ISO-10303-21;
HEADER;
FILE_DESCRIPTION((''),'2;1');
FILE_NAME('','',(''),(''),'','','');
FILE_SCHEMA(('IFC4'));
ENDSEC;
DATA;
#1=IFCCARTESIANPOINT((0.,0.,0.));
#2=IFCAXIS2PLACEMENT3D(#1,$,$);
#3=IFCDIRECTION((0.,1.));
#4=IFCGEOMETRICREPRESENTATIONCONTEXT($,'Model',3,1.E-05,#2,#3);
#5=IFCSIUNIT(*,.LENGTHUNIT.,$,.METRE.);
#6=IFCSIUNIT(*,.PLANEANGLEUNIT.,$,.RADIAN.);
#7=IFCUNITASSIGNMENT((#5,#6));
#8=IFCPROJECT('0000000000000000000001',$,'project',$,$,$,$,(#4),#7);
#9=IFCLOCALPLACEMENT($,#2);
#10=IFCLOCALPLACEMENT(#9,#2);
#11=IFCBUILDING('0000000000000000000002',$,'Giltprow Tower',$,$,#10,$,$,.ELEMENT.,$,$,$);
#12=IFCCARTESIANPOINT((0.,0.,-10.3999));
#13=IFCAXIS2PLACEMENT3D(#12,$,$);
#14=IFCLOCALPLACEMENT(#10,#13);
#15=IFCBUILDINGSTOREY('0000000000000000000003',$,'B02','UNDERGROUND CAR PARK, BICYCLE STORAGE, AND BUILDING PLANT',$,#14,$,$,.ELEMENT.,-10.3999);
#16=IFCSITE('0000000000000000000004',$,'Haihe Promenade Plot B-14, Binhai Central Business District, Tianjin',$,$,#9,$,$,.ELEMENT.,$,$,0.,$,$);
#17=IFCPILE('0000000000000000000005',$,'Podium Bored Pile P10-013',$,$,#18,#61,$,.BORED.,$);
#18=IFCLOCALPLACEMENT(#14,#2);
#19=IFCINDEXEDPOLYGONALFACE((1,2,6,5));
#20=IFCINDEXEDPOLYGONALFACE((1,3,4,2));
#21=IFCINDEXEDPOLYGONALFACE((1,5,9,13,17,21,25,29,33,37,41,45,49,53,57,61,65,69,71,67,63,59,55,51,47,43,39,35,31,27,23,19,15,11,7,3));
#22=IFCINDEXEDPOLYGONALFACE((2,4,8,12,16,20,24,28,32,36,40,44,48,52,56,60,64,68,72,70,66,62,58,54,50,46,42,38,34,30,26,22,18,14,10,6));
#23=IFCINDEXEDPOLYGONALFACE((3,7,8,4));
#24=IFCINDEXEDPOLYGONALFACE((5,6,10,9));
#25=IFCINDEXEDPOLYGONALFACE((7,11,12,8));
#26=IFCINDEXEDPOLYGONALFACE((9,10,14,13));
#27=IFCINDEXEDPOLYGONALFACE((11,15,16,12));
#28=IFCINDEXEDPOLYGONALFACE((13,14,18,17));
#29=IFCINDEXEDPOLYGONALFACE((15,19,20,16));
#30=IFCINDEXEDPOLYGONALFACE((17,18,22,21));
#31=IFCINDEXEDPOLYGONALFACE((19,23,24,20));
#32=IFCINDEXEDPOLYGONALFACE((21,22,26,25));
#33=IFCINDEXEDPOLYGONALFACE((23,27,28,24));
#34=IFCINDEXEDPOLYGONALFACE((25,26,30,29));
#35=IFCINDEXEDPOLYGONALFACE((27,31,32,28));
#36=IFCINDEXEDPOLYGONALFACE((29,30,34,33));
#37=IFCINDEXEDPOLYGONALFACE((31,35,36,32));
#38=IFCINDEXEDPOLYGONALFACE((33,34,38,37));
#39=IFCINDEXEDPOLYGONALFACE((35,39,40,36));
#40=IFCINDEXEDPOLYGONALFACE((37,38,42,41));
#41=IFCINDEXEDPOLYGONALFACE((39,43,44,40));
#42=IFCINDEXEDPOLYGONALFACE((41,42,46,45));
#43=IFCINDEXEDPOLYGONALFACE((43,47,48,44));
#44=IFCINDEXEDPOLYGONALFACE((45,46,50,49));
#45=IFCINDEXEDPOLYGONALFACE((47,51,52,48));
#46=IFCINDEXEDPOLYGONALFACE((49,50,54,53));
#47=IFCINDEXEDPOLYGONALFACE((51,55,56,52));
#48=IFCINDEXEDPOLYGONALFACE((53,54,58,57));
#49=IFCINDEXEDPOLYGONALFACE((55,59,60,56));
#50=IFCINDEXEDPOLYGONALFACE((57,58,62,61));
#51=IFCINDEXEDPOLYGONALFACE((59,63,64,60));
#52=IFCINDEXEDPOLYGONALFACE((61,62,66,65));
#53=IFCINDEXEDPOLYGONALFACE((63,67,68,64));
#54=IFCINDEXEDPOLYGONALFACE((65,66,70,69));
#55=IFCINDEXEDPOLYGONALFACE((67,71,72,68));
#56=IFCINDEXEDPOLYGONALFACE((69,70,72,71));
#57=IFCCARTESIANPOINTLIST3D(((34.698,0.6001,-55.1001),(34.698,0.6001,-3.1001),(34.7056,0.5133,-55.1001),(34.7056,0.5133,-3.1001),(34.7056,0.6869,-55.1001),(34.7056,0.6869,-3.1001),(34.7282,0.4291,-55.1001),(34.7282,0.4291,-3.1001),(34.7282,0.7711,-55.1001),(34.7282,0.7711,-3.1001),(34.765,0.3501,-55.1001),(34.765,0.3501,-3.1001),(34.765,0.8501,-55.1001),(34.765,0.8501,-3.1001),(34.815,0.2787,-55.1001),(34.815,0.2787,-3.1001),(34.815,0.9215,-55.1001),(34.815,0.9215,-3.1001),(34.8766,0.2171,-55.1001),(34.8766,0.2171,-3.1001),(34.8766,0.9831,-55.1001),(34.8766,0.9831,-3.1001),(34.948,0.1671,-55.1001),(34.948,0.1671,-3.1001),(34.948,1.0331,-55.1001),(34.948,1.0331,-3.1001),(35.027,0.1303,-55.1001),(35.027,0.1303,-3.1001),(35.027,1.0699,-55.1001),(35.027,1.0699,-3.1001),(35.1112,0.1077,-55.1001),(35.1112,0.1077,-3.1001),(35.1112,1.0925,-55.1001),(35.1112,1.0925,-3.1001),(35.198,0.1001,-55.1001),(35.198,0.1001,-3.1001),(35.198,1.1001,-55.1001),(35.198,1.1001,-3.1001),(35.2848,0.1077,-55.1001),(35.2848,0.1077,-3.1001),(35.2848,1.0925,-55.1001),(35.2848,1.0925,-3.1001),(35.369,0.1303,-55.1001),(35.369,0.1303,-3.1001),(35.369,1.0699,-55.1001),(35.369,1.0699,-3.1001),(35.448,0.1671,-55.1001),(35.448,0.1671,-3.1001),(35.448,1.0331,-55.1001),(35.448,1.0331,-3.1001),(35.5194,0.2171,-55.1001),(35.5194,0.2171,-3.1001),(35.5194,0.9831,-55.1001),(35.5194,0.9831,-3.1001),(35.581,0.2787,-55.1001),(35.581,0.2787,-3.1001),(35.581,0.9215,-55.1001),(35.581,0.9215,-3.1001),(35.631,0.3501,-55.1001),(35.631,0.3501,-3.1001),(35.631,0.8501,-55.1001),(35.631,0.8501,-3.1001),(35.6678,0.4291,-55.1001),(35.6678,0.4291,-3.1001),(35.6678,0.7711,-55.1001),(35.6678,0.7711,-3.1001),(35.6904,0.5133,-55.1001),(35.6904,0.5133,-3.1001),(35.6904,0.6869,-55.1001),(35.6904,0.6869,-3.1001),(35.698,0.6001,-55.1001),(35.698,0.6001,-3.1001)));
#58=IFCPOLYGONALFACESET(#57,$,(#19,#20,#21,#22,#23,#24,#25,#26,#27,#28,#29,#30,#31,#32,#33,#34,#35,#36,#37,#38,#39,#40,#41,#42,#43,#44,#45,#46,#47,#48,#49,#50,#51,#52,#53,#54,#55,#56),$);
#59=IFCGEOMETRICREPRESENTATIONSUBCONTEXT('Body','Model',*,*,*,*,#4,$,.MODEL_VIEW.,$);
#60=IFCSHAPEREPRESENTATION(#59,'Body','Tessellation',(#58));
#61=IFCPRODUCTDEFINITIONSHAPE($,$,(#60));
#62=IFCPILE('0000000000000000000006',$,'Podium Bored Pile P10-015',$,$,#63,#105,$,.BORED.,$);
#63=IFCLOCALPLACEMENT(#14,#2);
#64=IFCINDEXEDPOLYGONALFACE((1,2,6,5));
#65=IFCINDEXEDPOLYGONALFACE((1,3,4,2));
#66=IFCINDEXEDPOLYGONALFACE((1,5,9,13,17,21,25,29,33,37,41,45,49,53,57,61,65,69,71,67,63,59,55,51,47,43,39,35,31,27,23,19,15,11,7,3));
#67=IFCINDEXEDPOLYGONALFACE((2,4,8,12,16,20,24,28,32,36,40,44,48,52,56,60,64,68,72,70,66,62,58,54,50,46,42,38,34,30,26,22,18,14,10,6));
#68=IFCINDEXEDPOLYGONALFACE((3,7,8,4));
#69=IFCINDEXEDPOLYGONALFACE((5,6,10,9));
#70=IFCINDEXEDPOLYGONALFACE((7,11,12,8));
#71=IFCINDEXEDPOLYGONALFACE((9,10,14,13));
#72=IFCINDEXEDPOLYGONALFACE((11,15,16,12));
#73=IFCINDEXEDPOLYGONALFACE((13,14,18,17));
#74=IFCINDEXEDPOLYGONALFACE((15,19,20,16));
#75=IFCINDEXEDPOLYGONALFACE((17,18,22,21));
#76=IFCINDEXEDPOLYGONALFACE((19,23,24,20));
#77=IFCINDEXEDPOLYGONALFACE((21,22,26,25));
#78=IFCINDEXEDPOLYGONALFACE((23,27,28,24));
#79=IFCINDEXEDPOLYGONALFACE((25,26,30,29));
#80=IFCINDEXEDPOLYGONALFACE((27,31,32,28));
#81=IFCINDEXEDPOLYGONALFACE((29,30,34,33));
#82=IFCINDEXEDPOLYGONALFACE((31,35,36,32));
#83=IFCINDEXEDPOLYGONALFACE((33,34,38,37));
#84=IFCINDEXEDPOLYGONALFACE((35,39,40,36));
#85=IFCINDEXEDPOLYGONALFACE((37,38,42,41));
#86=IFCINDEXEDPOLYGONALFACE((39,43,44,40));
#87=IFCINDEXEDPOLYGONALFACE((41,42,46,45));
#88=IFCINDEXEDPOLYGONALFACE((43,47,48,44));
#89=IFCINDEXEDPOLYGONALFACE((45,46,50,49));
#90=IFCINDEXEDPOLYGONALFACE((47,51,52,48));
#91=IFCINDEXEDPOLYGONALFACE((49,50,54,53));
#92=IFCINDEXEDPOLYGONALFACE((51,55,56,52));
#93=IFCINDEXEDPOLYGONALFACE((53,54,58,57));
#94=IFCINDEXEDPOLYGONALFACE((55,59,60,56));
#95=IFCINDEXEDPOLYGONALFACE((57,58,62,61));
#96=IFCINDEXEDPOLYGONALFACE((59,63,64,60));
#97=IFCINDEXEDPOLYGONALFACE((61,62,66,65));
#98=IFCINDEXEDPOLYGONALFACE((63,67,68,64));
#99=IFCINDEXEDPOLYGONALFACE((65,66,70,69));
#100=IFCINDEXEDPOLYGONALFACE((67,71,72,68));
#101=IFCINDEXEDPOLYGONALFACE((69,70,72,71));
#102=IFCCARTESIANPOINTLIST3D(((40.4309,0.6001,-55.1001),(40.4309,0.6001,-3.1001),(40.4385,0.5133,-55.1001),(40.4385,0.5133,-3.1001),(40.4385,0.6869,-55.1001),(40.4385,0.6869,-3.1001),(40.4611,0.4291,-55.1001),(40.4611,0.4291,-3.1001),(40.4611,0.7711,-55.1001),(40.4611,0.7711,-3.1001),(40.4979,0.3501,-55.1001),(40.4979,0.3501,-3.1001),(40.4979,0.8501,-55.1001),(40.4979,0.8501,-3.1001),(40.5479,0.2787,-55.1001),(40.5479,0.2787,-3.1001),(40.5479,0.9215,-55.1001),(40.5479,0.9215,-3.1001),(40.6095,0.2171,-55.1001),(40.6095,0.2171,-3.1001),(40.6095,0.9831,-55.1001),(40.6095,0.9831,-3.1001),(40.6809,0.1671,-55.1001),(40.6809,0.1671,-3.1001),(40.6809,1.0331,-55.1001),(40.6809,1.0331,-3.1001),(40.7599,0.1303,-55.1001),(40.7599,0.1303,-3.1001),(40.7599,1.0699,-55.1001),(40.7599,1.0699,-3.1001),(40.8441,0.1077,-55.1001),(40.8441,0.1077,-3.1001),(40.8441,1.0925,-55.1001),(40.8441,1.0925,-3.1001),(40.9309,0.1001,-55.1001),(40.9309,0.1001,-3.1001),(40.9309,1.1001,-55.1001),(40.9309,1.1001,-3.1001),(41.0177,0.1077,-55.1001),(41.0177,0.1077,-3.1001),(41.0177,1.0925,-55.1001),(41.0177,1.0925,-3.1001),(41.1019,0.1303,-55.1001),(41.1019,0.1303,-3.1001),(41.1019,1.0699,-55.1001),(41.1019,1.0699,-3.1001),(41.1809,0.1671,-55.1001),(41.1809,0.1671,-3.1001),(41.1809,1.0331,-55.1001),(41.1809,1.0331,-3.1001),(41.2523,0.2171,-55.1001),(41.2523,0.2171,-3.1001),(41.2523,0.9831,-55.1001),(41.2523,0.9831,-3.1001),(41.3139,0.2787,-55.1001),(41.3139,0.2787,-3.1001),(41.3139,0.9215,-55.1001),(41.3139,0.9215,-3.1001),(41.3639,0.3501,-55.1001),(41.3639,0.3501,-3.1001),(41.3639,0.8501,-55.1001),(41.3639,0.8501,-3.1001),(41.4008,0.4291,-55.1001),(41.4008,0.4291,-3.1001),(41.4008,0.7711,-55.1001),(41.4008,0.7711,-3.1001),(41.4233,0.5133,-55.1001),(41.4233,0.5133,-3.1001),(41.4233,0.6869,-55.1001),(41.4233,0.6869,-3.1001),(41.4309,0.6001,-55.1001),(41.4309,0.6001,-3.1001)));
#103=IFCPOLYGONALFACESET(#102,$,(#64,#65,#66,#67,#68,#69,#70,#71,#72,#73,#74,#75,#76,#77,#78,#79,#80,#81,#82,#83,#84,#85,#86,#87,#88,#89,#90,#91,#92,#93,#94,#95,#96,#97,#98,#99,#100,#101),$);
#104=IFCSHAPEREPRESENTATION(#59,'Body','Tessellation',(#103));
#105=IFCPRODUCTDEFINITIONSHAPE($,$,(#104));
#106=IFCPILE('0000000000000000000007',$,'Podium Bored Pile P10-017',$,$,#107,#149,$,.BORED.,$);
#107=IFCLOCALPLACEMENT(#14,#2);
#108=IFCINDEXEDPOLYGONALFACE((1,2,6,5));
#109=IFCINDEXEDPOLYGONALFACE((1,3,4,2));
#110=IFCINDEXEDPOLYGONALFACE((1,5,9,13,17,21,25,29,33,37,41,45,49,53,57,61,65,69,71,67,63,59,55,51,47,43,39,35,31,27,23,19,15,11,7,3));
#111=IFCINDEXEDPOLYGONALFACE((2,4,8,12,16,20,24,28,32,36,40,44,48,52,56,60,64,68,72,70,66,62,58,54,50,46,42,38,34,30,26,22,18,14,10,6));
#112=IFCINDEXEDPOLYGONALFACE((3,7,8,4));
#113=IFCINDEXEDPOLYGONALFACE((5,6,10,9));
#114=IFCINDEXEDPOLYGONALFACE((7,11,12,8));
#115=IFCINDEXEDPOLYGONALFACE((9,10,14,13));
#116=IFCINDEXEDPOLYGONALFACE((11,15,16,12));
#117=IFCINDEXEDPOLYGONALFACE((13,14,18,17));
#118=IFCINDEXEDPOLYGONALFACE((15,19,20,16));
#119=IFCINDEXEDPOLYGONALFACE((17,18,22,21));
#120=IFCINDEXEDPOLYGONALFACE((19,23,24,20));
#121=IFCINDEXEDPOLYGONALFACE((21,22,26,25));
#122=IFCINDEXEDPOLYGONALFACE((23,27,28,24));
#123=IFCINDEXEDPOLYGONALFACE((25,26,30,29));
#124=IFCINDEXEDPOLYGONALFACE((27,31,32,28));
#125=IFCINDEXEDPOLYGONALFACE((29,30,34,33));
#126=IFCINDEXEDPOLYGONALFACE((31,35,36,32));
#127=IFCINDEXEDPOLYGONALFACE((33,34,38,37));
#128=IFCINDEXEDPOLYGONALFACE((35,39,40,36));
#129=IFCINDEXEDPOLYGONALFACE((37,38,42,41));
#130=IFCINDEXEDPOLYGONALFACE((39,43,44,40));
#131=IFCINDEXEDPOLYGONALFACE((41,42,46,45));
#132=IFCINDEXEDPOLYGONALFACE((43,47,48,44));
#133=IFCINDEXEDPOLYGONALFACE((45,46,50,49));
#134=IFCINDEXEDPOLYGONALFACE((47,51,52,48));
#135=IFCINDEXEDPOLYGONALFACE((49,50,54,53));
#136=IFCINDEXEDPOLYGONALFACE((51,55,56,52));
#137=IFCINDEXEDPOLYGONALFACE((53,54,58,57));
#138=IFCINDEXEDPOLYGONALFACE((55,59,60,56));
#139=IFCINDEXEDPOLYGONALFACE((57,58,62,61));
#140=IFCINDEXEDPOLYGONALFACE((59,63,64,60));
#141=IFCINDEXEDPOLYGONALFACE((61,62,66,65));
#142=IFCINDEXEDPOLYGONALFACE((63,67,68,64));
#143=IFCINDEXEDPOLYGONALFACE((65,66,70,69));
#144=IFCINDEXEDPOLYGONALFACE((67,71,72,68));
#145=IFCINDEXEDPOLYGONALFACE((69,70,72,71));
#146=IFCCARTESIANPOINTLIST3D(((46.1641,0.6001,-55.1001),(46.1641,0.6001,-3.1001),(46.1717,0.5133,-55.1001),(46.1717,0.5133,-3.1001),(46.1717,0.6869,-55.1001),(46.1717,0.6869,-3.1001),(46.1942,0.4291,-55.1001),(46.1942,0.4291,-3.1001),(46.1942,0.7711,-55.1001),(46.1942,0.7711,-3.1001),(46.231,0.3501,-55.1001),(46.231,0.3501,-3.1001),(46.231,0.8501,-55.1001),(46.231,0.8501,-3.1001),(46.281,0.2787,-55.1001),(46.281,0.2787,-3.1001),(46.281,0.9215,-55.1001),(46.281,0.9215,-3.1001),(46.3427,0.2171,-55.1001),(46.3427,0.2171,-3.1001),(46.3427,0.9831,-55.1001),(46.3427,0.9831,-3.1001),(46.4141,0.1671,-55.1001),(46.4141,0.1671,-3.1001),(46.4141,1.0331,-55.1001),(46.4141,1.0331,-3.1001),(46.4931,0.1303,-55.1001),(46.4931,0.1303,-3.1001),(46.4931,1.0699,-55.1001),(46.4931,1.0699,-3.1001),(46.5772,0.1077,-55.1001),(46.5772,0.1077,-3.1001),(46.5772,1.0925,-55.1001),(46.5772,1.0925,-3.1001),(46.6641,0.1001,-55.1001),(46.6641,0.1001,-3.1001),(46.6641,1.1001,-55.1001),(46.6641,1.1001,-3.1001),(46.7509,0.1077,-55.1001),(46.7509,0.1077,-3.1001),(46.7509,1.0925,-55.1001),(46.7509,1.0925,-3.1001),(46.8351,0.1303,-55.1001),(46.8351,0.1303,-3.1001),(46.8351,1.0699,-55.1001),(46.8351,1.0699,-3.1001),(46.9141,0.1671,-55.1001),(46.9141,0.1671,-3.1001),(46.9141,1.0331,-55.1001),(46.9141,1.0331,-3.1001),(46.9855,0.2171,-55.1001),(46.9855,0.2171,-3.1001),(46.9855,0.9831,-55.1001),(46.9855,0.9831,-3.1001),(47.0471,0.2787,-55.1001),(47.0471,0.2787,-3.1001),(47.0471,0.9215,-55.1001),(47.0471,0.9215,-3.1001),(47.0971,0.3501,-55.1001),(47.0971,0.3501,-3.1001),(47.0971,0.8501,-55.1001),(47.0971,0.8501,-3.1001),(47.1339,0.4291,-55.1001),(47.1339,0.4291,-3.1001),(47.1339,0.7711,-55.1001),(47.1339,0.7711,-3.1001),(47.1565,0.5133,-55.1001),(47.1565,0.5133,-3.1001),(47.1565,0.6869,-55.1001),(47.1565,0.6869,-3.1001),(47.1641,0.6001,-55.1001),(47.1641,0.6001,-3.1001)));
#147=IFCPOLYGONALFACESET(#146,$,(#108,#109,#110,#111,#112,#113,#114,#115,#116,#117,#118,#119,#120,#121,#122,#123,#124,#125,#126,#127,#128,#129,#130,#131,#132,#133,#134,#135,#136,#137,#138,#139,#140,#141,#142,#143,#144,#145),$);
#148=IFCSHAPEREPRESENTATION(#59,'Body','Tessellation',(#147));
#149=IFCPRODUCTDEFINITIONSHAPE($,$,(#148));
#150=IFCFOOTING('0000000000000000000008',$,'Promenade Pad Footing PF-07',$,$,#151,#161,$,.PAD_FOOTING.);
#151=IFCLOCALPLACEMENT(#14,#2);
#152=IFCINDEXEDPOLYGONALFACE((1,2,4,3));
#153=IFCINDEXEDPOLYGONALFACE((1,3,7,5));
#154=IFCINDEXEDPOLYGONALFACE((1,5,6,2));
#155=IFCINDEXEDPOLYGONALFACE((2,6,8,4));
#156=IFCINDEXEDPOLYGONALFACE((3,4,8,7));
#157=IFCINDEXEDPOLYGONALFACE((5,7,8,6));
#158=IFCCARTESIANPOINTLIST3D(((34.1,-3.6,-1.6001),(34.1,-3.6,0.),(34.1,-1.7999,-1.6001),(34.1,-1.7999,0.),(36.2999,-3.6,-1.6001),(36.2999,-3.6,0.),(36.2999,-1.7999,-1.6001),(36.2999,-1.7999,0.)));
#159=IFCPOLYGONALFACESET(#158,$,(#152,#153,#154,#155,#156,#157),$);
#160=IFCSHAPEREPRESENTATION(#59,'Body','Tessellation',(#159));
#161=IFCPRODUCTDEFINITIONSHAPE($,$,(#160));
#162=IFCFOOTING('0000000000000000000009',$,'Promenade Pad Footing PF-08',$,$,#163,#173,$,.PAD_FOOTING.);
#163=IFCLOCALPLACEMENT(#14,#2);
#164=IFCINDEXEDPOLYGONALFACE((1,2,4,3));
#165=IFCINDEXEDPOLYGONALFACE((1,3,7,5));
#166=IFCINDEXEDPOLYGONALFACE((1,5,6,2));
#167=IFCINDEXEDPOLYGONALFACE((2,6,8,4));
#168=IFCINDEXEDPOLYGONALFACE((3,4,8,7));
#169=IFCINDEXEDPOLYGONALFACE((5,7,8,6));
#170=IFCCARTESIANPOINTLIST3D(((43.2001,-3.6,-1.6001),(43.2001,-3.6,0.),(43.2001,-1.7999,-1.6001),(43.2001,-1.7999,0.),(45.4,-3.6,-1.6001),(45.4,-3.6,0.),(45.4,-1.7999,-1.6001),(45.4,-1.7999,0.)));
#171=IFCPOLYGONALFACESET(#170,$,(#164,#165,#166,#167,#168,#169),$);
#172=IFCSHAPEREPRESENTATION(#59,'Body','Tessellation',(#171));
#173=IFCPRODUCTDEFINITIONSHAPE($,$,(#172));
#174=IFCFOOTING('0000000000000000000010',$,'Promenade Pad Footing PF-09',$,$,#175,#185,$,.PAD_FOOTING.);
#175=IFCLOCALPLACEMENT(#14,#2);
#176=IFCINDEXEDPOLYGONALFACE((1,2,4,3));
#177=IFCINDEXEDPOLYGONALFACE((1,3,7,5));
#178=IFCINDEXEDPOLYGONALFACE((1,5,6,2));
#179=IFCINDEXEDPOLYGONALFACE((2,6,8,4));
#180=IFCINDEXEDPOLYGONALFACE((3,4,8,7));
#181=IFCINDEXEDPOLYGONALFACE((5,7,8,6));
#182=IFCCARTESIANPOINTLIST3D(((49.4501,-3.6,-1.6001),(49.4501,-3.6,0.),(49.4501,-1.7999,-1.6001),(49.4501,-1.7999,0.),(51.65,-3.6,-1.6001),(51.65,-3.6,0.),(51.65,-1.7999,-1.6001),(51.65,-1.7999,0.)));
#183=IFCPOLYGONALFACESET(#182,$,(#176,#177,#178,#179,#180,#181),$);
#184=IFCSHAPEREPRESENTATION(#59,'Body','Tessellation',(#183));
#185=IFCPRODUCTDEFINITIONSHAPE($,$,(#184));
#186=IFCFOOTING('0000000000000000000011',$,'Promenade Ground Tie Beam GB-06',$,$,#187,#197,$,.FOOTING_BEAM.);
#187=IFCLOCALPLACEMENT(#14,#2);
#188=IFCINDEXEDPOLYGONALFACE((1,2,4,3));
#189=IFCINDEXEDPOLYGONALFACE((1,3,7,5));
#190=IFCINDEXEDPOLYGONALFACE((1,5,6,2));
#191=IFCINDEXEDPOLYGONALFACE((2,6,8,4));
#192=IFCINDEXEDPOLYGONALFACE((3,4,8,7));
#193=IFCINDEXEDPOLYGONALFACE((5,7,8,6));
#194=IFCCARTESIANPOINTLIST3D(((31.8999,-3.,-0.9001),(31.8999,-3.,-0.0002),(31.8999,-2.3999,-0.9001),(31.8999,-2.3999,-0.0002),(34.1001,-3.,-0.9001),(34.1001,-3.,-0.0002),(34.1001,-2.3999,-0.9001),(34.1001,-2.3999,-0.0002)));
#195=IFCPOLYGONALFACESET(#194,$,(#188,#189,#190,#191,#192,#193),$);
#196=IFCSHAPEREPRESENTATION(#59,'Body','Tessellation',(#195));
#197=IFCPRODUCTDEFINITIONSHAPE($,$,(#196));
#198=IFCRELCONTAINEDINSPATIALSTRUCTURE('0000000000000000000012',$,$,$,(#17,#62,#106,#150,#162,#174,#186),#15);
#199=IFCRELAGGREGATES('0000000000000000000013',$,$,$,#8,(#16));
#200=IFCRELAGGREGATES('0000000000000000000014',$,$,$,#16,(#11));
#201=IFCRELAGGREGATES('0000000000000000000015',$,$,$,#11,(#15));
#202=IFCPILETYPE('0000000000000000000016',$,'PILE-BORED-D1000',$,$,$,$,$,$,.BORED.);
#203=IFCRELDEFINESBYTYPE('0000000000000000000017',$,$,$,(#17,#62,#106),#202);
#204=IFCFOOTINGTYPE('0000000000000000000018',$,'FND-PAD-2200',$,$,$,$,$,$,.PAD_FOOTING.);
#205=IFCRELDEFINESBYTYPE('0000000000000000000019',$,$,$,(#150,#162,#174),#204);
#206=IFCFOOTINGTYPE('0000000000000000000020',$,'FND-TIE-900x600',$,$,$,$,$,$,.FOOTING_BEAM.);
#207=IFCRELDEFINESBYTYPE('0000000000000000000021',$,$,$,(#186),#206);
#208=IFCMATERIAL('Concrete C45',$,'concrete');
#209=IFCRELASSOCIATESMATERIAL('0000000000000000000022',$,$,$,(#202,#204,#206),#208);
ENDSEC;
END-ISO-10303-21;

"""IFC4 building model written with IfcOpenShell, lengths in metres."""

from ifc_helpers import new_model, si_unit, direction, frame, origin, origin_2d, place, context, subcontext, project, spatial, rectangle, circle, extrude, source, transform, mapped, material, material_profile, profile_set, type_object, element, save


model = new_model("IFC4")

# Units and contexts
model_context = context("Model", 3, precision=1e-05, world=origin(), true_north=direction((0.0, 1.0)))
body_context = subcontext(model_context, "Body", "Model", "MODEL_VIEW")
ifc_project = project(units=[si_unit("LENGTHUNIT", "METRE"), si_unit("PLANEANGLEUNIT", "RADIAN")], contexts=[model_context])

# Site, building, storey
site_placement = place(None, origin())
site = spatial("IfcSite", under=ifc_project, at=site_placement, Name="Haihe Promenade Plot B-14, Binhai Central Business District, Tianjin", CompositionType="ELEMENT", RefElevation=0.0)
building_placement = place(site_placement, origin())
building = spatial("IfcBuilding", under=site, at=building_placement, Name="Giltprow Tower", CompositionType="ELEMENT")
storey_placement = place(building_placement, frame((0.0, 0.0, -10.3999)))
storey = spatial("IfcBuildingStorey", under=building, at=storey_placement, Name="B02", Description="UNDERGROUND CAR PARK, BICYCLE STORAGE, AND BUILDING PLANT", CompositionType="ELEMENT", Elevation=-10.3999)

# Piles
ifc_material_1 = material(Name="Concrete C45", Category="concrete")
ifc_material_profile_1 = material_profile(ifc_material_1, circle(Radius=0.5, at=origin_2d()), Name="PILE D1000")
ifc_profile_set_1 = profile_set([ifc_material_profile_1], Name="Concrete C45")
pile_type = type_object("IfcPileType", Name="PILE-BORED-D1000", PredefinedType="BORED", material=ifc_profile_set_1)
shared_shape_1 = source(origin(), body_context, "Body", "SweptSolid", [
    extrude(circle(Radius=0.5, at=origin_2d()), origin(), (0.0, 0.0, 1.0), 52.0),
])
for number, where, z_axis, x_axis, name in (
    (1, (35.198, 0.6001, -3.1001), (0.0, 0.0, -1.0), (1.0, 0.0, 0.0), "Podium Bored Pile P10-013"),
    (2, (40.9309, 0.6001, -3.1001), (0.0, 0.0, -1.0), (1.0, 0.0, 0.0), "Podium Bored Pile P10-015"),
    (3, (46.6641, 0.6001, -3.1001), (0.0, 0.0, -1.0), (1.0, 0.0, 0.0), "Podium Bored Pile P10-017"),
):
    element("IfcPile", number, at=place(storey_placement, frame(where, z_axis=z_axis, x_axis=x_axis)), inside=storey, type_object=pile_type, Name=name, PredefinedType="BORED", context=body_context, shape_type="MappedRepresentation", body=[
        mapped(shared_shape_1, transform((0.0, 0.0, 0.0), x_axis=(1.0, 0.0, 0.0), y_axis=(0.0, 1.0, 0.0), z_axis=(0.0, 0.0, 1.0), scale=1.0)),
    ])

# Footings
footing_type_1 = type_object("IfcFootingType", Name="FND-PAD-2200", PredefinedType="PAD_FOOTING", material=ifc_material_1)
shared_shape_2 = source(origin(), body_context, "Body", "SweptSolid", [
    extrude(rectangle(XDim=2.2, YDim=1.8, at=origin_2d()), origin(), (0.0, 0.0, 1.0), 1.6001),
])
for number, where, z_axis, x_axis, name in (
    (4, (35.2, -2.7, -1.6001), (0.0, 0.0, 1.0), (1.0, 0.0, 0.0), "Promenade Pad Footing PF-07"),
    (5, (44.3, -2.7, -1.6001), (0.0, 0.0, 1.0), (1.0, 0.0, 0.0), "Promenade Pad Footing PF-08"),
    (6, (50.55, -2.7, -1.6001), (0.0, 0.0, 1.0), (1.0, 0.0, 0.0), "Promenade Pad Footing PF-09"),
):
    element("IfcFooting", number, at=place(storey_placement, frame(where, z_axis=z_axis, x_axis=x_axis)), inside=storey, type_object=footing_type_1, Name=name, PredefinedType="PAD_FOOTING", context=body_context, shape_type="MappedRepresentation", body=[
        mapped(shared_shape_2, transform((0.0, 0.0, 0.0), x_axis=(1.0, 0.0, 0.0), y_axis=(0.0, 1.0, 0.0), z_axis=(0.0, 0.0, 1.0), scale=1.0)),
    ])
ifc_material_profile_2 = material_profile(ifc_material_1, rectangle(XDim=0.6001, YDim=0.8999, at=origin_2d()), Name="RC 900x600")
ifc_profile_set_2 = profile_set([ifc_material_profile_2], Name="Concrete C45")
footing_type_2 = type_object("IfcFootingType", Name="FND-TIE-900x600", PredefinedType="FOOTING_BEAM", material=ifc_profile_set_2)
shared_shape_3 = source(origin(), body_context, "Body", "SweptSolid", [
    extrude(rectangle(XDim=0.6001, YDim=0.8999, at=origin_2d()), origin(), (0.0, 0.0, 1.0), 2.2002),
])
footing_1_placement = place(storey_placement, frame((31.8999, -2.7, -0.4502), z_axis=(1.0, 0.0, 0.0), x_axis=(0.0, 1.0, 0.0)))
element("IfcFooting", 7, at=footing_1_placement, inside=storey, type_object=footing_type_2, Name="Promenade Ground Tie Beam GB-06", PredefinedType="FOOTING_BEAM", context=body_context, shape_type="MappedRepresentation", body=[
    mapped(shared_shape_3, transform((0.0, 0.0, 0.0), x_axis=(1.0, 0.0, 0.0), y_axis=(0.0, 1.0, 0.0), z_axis=(0.0, 0.0, 1.0), scale=1.0)),
])

save(model, "model.ifc")
